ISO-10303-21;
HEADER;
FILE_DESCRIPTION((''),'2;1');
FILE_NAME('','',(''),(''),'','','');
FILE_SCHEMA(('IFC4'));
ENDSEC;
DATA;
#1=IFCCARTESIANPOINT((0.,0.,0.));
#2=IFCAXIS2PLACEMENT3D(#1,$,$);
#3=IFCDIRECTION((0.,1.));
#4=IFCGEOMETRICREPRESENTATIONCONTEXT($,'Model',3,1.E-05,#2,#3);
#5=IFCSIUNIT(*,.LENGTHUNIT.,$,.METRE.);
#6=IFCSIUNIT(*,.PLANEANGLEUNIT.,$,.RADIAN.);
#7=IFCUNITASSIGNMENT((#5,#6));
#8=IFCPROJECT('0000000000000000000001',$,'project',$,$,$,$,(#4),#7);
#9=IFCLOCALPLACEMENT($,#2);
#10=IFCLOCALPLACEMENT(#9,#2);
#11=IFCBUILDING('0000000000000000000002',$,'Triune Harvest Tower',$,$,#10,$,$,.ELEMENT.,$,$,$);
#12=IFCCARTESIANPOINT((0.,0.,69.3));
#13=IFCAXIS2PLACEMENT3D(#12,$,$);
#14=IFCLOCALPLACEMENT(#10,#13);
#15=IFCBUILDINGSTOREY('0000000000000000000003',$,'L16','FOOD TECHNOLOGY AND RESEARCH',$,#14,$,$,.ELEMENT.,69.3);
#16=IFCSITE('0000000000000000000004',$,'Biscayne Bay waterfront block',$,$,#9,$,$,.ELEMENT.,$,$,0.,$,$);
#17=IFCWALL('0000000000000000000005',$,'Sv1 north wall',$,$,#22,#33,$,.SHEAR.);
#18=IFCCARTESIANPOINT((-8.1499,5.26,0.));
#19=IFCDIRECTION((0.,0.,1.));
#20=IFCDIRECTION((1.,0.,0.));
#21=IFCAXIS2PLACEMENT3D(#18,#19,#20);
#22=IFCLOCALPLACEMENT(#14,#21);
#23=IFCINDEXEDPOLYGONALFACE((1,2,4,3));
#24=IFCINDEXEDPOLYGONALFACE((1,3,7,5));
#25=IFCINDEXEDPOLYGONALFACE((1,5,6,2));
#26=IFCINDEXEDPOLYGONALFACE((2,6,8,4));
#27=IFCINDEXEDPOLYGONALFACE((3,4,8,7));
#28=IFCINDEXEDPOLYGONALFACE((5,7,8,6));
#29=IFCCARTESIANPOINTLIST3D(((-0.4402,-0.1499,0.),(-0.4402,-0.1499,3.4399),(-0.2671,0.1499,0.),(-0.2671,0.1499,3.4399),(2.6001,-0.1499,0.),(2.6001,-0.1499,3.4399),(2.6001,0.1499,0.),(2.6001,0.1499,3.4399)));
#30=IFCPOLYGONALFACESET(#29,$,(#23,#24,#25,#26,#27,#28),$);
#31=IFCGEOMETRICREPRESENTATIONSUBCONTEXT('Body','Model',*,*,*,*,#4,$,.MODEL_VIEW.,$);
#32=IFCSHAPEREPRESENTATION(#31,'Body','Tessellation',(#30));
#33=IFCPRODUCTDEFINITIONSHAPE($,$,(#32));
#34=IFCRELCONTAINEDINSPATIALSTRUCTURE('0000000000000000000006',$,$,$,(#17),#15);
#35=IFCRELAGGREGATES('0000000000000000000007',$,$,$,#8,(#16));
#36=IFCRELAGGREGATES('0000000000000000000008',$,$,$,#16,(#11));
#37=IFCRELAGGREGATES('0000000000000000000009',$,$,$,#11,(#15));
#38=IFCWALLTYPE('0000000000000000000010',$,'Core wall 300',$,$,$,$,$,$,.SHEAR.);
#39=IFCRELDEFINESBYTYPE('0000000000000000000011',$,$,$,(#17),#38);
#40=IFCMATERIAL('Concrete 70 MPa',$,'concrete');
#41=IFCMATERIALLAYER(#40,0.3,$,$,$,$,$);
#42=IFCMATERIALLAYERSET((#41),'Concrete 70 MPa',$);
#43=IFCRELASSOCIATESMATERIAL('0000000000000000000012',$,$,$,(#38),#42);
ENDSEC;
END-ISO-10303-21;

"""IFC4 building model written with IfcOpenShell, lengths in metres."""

from ifc_helpers import new_model, si_unit, direction, frame, origin, place, context, subcontext, project, spatial, polyline, outline, extrude, source, transform, mapped, material, layer, layer_set, type_object, element, save


model = new_model("IFC4")

# Units and contexts
model_context = context("Model", 3, precision=1e-05, world=origin(), true_north=direction((0.0, 1.0)))
body_context = subcontext(model_context, "Body", "Model", "MODEL_VIEW")
ifc_project = project(units=[si_unit("LENGTHUNIT", "METRE"), si_unit("PLANEANGLEUNIT", "RADIAN")], contexts=[model_context])

# Site, building, storey
site_placement = place(None, origin())
site = spatial("IfcSite", under=ifc_project, at=site_placement, Name="Biscayne Bay waterfront block", CompositionType="ELEMENT", RefElevation=0.0)
building_placement = place(site_placement, origin())
building = spatial("IfcBuilding", under=site, at=building_placement, Name="Triune Harvest Tower", CompositionType="ELEMENT")
storey_placement = place(building_placement, frame((0.0, 0.0, 69.3)))
storey = spatial("IfcBuildingStorey", under=building, at=storey_placement, Name="L16", Description="FOOD TECHNOLOGY AND RESEARCH", CompositionType="ELEMENT", Elevation=69.3)

# Shared definitions
ifc_material_1 = material(Name="Concrete 70 MPa", Category="concrete")
ifc_layer_1 = layer(ifc_material_1, 0.3)
ifc_layer_set_1 = layer_set([ifc_layer_1], Name="Concrete 70 MPa")
wall_type_1 = type_object("IfcWallType", Name="Core wall 300", PredefinedType="SHEAR", material=ifc_layer_set_1)

# Wall
shared_shape_1 = source(origin(), body_context, "Body", "SweptSolid", [
    extrude(outline(polyline([(2.6001, -0.1499), (-0.4402, -0.1499), (-0.2671, 0.1499), (2.6001, 0.1499), (2.6001, -0.1499)])), origin(), (0.0, 0.0, 1.0), 3.4399),
])
wall_1_placement = place(storey_placement, frame((-8.1499, 5.26, 0.0), z_axis=(0.0, 0.0, 1.0), x_axis=(1.0, 0.0, 0.0)))
element("IfcWall", 1, at=wall_1_placement, inside=storey, type_object=wall_type_1, Name="Sv1 north wall", PredefinedType="SHEAR", context=body_context, shape_type="MappedRepresentation", body=[
    mapped(shared_shape_1, transform((0.0, 0.0, 0.0), scale=1.0)),
])

save(model, "model.ifc")
